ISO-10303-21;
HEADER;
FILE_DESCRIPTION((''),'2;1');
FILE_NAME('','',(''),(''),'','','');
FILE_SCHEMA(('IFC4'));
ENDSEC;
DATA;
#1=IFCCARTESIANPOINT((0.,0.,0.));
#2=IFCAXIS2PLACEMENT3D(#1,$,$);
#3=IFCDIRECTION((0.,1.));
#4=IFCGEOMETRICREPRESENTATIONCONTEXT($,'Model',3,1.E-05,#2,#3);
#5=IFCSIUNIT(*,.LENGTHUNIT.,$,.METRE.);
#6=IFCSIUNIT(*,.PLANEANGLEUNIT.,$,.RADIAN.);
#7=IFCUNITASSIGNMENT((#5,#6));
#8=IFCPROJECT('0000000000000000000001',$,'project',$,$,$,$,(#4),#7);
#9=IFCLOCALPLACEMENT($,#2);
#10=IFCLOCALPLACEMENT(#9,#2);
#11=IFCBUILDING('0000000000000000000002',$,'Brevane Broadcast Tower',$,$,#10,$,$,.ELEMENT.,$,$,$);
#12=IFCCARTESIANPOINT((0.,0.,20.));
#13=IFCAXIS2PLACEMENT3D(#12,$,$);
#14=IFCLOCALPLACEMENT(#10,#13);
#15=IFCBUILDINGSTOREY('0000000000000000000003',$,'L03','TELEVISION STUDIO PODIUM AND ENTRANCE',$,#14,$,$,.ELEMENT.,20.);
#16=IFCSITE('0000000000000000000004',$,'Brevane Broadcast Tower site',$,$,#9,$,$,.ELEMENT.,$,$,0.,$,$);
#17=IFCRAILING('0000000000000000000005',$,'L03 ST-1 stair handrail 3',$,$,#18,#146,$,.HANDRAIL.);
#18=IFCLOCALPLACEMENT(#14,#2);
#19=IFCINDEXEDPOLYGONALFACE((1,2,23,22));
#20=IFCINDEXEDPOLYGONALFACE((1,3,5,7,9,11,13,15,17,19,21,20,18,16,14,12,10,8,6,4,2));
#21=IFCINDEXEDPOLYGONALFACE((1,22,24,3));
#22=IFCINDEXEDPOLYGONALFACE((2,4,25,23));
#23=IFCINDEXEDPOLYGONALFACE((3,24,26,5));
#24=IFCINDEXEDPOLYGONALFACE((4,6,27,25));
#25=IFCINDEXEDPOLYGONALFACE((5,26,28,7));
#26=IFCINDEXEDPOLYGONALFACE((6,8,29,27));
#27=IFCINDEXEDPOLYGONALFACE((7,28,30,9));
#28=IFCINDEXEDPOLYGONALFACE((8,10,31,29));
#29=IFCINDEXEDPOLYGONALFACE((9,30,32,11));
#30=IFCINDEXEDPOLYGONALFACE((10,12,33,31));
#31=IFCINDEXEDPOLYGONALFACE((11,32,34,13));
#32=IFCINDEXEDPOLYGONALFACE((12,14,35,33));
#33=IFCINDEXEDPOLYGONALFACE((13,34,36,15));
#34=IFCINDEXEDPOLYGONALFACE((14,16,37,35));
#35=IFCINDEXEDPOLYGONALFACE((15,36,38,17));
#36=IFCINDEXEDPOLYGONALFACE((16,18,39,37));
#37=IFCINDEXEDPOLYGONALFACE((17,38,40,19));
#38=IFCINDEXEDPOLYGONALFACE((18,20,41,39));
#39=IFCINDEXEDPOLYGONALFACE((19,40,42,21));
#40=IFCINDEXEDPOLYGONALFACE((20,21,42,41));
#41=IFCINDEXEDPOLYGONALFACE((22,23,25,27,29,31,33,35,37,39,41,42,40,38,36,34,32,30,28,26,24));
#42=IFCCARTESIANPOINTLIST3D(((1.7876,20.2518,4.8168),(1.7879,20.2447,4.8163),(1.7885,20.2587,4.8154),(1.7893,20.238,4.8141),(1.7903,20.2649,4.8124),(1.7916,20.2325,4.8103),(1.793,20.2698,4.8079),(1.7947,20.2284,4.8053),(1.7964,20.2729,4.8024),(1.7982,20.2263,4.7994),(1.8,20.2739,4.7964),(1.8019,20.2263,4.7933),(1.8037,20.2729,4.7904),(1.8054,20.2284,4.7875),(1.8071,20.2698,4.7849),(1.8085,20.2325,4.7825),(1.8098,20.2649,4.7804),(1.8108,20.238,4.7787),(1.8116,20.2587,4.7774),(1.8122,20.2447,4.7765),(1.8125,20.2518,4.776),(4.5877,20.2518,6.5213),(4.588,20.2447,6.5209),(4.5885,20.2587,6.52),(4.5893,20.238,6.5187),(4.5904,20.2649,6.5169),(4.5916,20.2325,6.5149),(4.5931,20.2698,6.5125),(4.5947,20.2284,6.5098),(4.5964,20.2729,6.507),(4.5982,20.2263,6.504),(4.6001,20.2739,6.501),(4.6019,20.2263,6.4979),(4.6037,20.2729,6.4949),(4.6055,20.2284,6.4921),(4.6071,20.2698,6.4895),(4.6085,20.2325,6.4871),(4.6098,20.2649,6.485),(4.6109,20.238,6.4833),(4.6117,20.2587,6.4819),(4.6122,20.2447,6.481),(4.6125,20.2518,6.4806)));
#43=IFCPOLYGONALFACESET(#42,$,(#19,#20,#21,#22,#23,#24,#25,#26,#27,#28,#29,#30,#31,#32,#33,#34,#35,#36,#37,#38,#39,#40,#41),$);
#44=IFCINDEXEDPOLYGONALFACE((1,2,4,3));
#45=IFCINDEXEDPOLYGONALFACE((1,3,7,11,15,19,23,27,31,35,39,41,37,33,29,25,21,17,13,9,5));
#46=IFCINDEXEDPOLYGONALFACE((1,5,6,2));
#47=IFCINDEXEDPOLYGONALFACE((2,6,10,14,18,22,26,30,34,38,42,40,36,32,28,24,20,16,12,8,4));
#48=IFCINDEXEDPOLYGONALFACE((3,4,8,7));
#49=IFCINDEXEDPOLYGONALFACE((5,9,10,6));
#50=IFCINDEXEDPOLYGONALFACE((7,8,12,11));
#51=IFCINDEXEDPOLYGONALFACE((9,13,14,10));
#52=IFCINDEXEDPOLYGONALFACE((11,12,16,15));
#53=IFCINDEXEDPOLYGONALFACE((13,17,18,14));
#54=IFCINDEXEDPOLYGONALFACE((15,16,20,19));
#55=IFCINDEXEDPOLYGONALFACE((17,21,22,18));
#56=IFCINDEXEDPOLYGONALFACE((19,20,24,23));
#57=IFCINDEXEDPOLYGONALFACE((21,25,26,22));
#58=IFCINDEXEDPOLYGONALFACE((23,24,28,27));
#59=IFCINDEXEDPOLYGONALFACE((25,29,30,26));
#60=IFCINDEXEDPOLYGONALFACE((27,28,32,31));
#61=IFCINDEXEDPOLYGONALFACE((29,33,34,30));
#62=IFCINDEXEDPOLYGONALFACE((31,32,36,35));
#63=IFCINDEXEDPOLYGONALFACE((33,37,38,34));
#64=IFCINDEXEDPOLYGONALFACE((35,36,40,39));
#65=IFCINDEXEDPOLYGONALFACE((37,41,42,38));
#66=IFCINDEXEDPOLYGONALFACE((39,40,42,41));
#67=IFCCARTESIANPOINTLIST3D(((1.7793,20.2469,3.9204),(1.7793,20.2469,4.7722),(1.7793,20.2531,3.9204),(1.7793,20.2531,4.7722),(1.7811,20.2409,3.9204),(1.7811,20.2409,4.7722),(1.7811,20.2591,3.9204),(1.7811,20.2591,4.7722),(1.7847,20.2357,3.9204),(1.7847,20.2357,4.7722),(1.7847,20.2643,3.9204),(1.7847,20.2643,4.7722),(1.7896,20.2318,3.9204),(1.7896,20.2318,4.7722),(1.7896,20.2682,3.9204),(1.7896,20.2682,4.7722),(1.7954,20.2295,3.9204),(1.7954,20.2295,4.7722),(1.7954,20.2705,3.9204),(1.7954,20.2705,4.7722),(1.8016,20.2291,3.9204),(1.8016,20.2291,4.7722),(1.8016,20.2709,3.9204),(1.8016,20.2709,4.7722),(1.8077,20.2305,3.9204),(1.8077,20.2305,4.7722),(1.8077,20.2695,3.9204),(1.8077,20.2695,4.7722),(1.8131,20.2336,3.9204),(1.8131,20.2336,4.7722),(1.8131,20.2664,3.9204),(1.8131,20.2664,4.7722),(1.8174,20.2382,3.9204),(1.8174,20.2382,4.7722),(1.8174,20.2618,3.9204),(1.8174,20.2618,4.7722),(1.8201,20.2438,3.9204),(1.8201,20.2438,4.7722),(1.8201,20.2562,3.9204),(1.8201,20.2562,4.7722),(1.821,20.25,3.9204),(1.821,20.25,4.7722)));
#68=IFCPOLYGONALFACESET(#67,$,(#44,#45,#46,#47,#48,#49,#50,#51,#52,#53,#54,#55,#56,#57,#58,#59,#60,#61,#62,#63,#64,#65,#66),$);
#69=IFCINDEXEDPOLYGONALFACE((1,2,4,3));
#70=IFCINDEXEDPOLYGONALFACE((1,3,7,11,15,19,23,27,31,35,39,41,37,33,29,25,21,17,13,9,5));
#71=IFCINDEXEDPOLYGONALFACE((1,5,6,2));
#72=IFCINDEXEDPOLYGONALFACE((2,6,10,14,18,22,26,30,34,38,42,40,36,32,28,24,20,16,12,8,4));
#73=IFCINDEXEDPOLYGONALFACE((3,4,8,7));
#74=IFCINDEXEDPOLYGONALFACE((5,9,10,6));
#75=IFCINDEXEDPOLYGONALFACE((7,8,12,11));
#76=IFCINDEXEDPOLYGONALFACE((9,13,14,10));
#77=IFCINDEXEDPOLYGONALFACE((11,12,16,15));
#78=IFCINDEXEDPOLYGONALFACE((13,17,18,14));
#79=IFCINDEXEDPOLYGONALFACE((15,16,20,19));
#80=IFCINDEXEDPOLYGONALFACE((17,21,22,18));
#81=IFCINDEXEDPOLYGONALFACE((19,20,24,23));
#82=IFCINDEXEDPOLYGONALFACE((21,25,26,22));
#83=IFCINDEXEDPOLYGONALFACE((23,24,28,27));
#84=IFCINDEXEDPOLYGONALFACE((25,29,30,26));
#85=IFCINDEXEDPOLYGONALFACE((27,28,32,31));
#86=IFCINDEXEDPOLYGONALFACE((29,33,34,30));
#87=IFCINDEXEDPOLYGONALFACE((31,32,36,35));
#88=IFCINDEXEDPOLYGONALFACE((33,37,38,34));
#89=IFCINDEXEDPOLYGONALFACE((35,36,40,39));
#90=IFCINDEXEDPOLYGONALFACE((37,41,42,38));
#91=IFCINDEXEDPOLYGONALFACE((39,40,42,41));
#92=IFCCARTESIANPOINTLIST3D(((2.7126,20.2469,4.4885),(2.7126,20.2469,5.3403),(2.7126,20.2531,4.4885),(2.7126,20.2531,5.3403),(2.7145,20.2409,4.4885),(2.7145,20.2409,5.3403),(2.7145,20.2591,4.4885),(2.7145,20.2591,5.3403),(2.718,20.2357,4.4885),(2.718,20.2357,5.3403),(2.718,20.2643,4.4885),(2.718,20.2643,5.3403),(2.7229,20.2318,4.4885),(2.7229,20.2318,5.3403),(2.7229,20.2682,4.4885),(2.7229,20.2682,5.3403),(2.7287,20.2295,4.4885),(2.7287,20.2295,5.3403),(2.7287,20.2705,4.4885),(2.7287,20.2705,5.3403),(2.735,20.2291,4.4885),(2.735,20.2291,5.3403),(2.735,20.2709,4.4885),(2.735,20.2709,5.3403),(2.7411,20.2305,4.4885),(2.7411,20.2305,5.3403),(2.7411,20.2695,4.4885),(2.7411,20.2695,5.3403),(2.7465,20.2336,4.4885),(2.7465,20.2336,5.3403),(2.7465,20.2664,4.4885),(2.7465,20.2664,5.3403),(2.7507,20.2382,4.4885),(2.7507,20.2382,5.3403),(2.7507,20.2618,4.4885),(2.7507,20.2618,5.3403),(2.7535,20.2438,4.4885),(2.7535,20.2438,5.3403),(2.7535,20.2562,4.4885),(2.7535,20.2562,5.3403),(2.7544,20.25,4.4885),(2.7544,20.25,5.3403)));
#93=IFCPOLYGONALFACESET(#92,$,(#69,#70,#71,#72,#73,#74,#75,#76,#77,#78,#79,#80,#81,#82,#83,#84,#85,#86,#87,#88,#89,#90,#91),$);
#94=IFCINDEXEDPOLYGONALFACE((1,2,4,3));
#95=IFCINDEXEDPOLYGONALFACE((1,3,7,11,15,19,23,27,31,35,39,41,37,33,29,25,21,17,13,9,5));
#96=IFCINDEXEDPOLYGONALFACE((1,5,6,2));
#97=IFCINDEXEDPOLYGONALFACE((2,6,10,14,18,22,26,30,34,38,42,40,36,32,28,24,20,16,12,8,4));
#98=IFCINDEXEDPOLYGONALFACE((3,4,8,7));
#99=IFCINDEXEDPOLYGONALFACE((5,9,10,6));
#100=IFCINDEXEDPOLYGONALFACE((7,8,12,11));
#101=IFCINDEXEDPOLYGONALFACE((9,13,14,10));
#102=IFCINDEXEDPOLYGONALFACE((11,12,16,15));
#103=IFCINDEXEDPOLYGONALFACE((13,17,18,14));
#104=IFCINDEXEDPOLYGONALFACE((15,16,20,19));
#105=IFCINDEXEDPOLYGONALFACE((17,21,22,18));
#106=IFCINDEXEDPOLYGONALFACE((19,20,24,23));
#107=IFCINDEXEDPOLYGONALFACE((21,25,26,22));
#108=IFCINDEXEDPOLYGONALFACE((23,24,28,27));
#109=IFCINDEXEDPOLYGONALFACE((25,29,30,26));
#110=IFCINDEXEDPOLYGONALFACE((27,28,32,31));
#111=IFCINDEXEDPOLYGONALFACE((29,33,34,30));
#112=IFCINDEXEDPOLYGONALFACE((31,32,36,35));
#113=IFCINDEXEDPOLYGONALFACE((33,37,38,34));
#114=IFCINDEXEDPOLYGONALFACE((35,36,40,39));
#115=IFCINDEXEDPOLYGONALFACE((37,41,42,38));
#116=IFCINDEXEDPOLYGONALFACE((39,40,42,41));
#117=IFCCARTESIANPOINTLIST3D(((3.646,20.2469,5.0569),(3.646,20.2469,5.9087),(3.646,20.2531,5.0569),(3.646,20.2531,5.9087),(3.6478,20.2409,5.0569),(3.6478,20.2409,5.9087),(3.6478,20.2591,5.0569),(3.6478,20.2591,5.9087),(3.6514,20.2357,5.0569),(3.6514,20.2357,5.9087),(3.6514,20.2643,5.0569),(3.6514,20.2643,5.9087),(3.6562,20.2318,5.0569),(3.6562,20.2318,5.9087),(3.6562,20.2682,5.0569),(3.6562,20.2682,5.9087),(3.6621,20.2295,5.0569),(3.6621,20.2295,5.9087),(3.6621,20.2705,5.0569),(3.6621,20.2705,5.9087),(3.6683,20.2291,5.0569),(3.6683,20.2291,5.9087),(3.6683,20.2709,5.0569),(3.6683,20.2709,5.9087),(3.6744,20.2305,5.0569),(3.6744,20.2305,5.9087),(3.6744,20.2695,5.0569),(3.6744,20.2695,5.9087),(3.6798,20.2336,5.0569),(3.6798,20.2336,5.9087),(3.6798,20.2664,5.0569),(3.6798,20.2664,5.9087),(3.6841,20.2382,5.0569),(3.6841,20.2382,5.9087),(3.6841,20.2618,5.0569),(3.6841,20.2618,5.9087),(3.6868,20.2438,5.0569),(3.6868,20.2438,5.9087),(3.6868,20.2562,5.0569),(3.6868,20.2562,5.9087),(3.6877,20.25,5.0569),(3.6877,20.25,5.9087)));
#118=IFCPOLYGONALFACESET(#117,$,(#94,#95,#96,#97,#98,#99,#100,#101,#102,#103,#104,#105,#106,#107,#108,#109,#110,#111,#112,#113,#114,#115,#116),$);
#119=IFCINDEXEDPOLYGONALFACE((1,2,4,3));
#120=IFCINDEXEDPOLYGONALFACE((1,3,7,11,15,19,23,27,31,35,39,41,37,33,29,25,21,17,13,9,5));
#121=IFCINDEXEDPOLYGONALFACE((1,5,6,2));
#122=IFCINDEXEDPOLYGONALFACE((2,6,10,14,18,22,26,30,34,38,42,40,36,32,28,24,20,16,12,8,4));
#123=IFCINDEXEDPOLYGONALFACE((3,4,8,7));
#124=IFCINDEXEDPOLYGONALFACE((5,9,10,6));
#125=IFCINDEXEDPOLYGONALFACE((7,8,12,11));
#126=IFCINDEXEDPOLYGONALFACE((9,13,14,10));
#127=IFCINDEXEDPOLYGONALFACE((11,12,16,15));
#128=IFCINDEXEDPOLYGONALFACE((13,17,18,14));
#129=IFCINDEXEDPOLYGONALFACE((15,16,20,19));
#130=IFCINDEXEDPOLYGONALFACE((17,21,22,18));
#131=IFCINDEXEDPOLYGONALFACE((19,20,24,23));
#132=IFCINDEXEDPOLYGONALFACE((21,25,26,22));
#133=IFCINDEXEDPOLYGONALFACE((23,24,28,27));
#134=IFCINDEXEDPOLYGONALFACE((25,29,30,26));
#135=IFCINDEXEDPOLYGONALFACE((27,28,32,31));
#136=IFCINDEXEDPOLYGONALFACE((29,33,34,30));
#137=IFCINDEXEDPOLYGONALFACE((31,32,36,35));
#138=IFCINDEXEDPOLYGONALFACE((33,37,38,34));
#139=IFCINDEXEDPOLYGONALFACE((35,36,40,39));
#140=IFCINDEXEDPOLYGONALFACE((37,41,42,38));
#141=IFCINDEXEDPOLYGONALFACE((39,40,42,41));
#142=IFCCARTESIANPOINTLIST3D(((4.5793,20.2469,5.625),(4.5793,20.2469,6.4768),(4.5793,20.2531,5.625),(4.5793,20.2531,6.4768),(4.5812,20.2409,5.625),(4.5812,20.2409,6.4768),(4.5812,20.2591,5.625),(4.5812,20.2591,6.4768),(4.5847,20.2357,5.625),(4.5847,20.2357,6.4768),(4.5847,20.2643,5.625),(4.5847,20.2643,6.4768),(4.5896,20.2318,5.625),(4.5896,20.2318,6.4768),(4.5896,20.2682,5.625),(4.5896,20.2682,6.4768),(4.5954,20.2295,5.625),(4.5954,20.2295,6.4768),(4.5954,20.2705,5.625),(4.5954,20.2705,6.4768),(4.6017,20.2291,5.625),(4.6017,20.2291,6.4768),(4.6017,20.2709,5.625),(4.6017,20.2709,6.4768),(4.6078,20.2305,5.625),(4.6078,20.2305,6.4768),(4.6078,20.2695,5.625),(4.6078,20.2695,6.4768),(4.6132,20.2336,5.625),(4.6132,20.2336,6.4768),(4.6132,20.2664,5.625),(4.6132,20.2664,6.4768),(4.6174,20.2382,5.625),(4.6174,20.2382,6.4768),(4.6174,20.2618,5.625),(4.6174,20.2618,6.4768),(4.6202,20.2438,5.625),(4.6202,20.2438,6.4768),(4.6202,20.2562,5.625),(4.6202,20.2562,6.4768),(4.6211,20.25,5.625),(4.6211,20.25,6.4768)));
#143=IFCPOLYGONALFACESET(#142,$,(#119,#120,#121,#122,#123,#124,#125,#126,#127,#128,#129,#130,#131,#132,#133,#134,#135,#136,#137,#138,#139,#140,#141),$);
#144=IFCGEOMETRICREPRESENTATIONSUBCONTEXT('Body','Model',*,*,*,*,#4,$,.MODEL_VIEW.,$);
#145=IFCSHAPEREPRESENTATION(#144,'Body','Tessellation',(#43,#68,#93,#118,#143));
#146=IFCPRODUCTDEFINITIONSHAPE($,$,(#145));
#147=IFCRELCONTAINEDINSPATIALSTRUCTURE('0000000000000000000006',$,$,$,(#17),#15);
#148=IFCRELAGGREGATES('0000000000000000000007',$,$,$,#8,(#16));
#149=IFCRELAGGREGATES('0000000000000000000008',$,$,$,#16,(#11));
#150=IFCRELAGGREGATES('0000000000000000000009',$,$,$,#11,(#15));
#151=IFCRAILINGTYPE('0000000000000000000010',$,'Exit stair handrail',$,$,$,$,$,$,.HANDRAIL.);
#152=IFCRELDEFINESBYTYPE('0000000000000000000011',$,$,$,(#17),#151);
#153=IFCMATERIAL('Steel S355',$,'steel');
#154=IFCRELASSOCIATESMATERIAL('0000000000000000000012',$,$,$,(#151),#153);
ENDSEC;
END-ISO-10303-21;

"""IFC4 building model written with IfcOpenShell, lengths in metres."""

from ifc_helpers import new_model, si_unit, direction, frame, origin, origin_2d, place, context, subcontext, project, spatial, circle, extrude, material, type_object, element, save


model = new_model("IFC4")

# Units and contexts
model_context = context("Model", 3, precision=1e-05, world=origin(), true_north=direction((0.0, 1.0)))
body_context = subcontext(model_context, "Body", "Model", "MODEL_VIEW")
ifc_project = project(units=[si_unit("LENGTHUNIT", "METRE"), si_unit("PLANEANGLEUNIT", "RADIAN")], contexts=[model_context])

# Site, building, storey
site_placement = place(None, origin())
site = spatial("IfcSite", under=ifc_project, at=site_placement, Name="Brevane Broadcast Tower site", CompositionType="ELEMENT", RefElevation=0.0)
building_placement = place(site_placement, origin())
building = spatial("IfcBuilding", under=site, at=building_placement, Name="Brevane Broadcast Tower", CompositionType="ELEMENT")
storey_placement = place(building_placement, frame((0.0, 0.0, 20.0)))
storey = spatial("IfcBuildingStorey", under=building, at=storey_placement, Name="L03", Description="TELEVISION STUDIO PODIUM AND ENTRANCE", CompositionType="ELEMENT", Elevation=20.0)

# Railing
ifc_material_1 = material(Name="Steel S355", Category="steel")
railing_type_1 = type_object("IfcRailingType", Name="Exit stair handrail", PredefinedType="HANDRAIL", material=ifc_material_1)
railing_1_placement = place(storey_placement, frame((1.8, 20.25, 3.9204)))
element("IfcRailing", 1, at=railing_1_placement, inside=storey, type_object=railing_type_1, Name="L03 ST-1 stair handrail 3", PredefinedType="HANDRAIL", context=body_context, shape_type="SweptSolid", body=[
    extrude(circle(Radius=0.0239, at=origin_2d()), frame((0.0, 0.0, 0.876), z_axis=(0.85417, 0.0, 0.519994), x_axis=(0.0, 1.0, 0.0)), (0.0, 0.0, 1.0), 3.2781),
    extrude(circle(Radius=0.021, at=origin_2d()), origin(), (0.0, 0.0, 1.0), 0.8518),
    extrude(circle(Radius=0.021, at=origin_2d()), frame((0.9333, 0.0, 0.5681)), (0.0, 0.0, 1.0), 0.8518),
    extrude(circle(Radius=0.021, at=origin_2d()), frame((1.8667, 0.0, 1.1365)), (0.0, 0.0, 1.0), 0.8518),
    extrude(circle(Radius=0.021, at=origin_2d()), frame((2.8, 0.0, 1.7046)), (0.0, 0.0, 1.0), 0.8518),
])

save(model, "model.ifc")
